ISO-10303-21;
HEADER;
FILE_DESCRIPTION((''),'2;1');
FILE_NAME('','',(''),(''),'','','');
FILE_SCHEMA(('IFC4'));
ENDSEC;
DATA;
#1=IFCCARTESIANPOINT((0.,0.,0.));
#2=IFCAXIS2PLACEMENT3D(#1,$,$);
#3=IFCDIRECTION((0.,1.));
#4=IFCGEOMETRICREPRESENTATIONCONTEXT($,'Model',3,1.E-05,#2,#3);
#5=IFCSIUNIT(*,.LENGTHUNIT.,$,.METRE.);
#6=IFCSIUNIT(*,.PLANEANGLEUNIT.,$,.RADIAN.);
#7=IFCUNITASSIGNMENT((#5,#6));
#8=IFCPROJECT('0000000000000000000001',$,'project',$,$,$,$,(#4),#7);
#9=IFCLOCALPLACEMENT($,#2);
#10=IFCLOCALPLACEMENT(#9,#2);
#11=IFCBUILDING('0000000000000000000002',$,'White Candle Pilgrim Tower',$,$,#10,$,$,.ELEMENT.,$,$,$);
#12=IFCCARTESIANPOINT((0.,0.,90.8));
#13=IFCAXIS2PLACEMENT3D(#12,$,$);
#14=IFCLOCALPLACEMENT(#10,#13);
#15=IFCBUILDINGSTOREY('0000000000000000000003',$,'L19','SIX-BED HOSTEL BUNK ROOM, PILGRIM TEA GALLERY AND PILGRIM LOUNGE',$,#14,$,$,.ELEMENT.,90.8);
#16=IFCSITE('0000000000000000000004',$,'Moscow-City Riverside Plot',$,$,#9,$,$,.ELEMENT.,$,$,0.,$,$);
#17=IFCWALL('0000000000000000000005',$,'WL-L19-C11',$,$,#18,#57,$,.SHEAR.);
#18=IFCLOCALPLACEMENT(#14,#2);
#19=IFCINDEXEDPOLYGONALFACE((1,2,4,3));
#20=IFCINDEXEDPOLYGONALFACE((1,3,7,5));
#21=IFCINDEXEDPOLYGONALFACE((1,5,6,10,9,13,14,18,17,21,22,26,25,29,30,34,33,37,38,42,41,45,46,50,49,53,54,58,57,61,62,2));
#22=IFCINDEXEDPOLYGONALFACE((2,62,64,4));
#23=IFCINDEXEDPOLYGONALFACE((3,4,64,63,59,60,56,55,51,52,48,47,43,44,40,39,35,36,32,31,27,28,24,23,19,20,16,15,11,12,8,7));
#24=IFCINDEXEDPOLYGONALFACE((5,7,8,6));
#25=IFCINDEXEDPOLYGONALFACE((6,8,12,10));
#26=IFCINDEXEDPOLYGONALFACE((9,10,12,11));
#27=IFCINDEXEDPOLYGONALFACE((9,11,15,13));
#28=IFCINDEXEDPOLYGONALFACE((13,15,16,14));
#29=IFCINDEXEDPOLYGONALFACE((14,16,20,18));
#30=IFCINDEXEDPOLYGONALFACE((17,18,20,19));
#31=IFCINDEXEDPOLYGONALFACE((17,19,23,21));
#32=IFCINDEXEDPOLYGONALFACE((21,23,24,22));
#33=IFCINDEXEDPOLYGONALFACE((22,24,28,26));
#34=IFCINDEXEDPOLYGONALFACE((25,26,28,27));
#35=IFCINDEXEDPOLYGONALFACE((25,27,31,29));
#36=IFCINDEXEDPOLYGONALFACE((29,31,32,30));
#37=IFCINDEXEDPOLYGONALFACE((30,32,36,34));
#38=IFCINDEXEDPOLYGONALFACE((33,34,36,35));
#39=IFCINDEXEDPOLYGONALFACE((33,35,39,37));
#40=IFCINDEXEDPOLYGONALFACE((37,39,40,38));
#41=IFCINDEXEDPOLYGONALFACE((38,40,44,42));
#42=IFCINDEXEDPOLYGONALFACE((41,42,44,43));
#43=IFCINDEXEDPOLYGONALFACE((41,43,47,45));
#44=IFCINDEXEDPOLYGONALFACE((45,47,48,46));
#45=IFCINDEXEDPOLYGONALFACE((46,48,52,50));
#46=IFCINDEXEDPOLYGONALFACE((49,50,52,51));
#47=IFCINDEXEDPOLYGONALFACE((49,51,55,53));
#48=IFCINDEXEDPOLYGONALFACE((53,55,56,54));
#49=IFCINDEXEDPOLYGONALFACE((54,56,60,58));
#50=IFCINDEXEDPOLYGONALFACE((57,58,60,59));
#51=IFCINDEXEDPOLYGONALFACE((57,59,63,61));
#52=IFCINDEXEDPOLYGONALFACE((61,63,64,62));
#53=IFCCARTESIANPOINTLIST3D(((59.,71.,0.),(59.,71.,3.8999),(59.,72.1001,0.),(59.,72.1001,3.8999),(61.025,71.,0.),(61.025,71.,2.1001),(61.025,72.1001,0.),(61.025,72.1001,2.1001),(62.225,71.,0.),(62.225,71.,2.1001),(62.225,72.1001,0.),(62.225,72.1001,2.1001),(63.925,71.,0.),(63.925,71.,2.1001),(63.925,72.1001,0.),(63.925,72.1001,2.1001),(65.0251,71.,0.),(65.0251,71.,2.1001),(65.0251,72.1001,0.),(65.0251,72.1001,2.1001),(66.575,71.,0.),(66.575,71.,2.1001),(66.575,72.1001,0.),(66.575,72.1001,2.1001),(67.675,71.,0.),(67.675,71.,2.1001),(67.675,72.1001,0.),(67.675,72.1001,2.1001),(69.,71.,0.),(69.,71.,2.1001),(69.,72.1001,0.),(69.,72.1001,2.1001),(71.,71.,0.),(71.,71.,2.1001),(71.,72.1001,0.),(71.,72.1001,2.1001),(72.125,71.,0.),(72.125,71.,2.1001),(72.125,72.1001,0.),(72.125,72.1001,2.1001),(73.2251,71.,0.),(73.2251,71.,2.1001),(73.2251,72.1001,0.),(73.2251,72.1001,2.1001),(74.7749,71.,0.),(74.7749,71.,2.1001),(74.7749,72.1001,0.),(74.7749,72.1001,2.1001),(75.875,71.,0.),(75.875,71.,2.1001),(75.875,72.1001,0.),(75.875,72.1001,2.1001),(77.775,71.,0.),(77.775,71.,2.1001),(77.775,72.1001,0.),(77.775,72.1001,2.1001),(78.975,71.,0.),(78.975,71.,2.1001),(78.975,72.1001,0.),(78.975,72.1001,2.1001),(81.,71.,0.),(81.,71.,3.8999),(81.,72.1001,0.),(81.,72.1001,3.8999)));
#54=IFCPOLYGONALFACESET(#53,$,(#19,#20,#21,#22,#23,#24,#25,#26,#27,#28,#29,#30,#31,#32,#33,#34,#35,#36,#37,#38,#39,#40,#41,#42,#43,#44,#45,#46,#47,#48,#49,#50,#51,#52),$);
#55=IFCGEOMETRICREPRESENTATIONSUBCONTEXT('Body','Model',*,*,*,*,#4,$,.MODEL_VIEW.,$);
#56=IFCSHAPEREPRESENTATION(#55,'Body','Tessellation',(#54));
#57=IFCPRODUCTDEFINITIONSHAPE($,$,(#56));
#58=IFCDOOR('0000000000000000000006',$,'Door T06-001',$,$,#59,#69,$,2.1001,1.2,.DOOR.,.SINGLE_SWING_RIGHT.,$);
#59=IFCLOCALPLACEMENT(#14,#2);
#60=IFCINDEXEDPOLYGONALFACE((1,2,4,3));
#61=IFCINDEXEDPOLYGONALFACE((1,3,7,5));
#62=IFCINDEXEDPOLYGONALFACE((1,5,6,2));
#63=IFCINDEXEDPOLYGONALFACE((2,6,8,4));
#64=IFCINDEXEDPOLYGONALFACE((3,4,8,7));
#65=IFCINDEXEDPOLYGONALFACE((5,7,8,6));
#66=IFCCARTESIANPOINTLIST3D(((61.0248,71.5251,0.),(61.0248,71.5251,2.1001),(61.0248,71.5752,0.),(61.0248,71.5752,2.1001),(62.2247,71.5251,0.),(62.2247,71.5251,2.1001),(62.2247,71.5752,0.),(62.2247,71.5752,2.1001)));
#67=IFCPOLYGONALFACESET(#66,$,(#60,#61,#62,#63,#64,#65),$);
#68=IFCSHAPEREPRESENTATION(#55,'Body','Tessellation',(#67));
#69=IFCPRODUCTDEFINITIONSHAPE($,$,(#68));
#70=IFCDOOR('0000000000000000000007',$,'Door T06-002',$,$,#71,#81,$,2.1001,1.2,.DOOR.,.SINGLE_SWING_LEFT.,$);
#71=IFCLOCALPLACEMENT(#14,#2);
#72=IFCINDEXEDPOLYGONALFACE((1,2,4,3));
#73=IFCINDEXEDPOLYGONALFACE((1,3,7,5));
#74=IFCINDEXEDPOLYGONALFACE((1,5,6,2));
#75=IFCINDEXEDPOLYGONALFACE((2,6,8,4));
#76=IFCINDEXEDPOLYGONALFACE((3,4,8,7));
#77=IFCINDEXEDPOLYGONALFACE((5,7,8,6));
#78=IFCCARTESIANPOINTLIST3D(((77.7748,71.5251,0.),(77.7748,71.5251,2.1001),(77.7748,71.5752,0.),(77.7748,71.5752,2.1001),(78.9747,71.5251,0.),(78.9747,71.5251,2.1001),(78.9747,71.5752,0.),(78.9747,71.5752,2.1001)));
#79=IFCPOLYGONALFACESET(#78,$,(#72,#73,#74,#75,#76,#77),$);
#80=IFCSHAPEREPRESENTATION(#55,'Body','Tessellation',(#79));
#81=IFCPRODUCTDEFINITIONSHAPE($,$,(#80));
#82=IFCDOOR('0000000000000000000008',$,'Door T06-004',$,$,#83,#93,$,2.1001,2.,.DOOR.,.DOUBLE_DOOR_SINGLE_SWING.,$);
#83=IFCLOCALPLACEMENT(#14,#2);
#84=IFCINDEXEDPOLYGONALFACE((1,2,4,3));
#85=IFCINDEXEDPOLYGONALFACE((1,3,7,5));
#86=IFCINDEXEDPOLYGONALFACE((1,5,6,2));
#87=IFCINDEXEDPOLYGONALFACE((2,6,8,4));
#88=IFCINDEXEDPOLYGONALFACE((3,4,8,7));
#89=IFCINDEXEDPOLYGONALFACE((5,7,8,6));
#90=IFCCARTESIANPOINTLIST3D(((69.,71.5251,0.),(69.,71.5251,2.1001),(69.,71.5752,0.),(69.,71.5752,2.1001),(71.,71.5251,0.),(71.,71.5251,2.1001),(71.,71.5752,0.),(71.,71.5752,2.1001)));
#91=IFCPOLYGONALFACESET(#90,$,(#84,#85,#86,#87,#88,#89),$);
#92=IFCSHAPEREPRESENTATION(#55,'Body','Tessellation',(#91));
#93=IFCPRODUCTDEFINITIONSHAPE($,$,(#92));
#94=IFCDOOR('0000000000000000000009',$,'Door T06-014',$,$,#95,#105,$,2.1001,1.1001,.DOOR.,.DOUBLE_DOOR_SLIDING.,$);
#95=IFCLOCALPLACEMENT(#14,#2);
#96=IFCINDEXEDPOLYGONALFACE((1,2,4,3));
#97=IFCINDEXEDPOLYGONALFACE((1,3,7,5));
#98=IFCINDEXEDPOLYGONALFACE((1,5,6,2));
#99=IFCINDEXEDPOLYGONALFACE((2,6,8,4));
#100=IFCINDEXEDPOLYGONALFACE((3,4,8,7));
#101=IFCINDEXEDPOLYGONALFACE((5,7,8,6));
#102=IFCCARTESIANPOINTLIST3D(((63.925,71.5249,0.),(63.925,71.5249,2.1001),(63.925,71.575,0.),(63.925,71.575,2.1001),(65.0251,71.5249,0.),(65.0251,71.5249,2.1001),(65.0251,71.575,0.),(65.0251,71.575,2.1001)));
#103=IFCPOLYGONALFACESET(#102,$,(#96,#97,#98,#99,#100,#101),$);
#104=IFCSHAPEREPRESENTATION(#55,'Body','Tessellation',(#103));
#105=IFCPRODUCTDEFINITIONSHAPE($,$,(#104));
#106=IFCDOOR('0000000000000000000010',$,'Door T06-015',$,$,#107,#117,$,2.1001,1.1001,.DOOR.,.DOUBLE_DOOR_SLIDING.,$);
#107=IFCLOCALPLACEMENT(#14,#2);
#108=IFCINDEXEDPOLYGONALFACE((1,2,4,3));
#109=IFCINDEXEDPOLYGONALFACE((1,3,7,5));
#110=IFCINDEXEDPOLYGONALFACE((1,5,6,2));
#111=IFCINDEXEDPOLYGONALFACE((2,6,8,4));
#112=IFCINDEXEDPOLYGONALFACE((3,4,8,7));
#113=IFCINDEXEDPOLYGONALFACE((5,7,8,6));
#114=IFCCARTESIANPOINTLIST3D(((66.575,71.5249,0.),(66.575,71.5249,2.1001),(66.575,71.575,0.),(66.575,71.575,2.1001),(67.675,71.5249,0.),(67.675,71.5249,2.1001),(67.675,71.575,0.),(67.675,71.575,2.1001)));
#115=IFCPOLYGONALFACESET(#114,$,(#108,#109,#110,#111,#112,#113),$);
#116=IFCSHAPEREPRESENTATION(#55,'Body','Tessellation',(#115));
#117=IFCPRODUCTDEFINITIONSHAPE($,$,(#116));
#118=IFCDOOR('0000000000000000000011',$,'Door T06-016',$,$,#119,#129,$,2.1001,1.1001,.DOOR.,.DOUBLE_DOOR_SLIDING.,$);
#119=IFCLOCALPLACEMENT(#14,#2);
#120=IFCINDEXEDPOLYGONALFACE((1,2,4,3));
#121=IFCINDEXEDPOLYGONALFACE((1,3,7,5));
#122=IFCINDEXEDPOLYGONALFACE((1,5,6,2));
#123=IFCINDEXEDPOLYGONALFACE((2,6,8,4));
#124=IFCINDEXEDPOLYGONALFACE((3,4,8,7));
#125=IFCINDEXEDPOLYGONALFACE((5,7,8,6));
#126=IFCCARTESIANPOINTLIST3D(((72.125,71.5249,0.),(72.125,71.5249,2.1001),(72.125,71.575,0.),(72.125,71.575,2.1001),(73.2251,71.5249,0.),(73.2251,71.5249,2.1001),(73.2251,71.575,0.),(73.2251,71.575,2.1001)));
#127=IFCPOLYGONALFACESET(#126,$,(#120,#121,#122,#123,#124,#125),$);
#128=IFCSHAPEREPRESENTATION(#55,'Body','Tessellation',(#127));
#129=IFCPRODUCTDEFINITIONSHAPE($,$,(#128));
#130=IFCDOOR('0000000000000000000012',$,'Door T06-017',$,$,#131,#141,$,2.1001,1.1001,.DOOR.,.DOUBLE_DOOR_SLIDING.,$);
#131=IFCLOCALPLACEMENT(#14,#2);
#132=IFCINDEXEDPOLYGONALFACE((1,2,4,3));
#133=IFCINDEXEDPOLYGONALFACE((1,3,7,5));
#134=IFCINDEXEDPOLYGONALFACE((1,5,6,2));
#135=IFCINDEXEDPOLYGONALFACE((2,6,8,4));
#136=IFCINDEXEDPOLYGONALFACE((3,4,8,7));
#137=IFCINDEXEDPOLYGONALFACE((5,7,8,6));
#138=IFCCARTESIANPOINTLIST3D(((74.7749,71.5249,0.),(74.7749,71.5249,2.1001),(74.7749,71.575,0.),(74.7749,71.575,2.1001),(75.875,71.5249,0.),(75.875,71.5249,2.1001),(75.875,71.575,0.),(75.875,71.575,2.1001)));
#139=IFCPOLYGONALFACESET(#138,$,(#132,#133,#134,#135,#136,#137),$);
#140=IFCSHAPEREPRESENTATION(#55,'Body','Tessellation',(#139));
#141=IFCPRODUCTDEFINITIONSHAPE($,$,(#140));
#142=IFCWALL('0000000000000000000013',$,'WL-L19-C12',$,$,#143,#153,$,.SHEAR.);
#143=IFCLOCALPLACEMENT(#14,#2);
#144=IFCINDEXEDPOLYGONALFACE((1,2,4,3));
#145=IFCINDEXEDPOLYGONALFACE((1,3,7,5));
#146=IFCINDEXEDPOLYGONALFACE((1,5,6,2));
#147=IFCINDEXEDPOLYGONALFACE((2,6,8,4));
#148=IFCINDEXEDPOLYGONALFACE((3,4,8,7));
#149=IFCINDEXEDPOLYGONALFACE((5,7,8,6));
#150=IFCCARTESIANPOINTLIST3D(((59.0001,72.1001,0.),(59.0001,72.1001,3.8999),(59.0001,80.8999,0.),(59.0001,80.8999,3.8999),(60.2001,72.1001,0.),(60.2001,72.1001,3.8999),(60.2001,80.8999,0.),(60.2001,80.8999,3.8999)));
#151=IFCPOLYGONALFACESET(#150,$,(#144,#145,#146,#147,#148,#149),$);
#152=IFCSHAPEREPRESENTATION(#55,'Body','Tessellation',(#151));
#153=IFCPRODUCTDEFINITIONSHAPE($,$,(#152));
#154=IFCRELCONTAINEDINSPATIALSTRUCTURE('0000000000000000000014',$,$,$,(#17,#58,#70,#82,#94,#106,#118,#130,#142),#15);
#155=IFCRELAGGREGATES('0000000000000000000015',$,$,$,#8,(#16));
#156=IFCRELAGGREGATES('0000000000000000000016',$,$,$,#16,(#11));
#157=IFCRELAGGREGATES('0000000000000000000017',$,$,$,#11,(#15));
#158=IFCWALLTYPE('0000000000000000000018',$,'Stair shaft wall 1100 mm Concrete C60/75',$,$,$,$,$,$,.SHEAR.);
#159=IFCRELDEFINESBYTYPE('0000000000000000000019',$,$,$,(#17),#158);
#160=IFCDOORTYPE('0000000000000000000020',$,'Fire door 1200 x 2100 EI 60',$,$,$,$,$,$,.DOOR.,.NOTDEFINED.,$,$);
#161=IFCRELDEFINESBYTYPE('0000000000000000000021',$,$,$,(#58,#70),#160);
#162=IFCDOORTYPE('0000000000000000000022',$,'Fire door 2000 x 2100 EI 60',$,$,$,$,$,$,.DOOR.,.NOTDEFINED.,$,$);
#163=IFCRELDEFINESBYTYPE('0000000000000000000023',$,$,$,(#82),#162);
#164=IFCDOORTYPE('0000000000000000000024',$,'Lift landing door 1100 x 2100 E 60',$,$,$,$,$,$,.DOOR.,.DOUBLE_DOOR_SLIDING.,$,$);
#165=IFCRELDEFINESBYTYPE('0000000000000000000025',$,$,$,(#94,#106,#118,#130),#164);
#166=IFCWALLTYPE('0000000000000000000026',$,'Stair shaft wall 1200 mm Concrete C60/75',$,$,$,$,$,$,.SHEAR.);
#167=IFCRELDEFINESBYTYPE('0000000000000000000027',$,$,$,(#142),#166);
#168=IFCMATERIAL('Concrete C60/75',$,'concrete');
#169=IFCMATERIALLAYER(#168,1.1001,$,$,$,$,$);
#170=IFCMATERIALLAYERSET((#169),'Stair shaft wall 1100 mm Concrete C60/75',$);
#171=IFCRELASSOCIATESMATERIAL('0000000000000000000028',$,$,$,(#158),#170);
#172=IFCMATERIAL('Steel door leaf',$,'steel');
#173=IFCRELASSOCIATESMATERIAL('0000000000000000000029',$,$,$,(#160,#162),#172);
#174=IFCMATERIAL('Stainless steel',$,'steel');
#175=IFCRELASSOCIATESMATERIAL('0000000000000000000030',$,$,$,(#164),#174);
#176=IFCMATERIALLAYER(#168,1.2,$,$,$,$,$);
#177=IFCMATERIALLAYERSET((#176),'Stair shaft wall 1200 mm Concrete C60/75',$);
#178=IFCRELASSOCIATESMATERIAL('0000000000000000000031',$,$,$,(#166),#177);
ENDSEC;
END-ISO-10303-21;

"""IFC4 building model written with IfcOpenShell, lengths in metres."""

from ifc_helpers import new_model, si_unit, direction, frame, frame_2d, origin, place, context, subcontext, project, spatial, rectangle, extrude, material, layer, layer_set, type_object, element, fill, save


model = new_model("IFC4")

# Units and contexts
model_context = context("Model", 3, precision=1e-05, world=origin(), true_north=direction((0.0, 1.0)))
body_context = subcontext(model_context, "Body", "Model", "MODEL_VIEW")
ifc_project = project(units=[si_unit("LENGTHUNIT", "METRE"), si_unit("PLANEANGLEUNIT", "RADIAN")], contexts=[model_context])

# Site, building, storey
site_placement = place(None, origin())
site = spatial("IfcSite", under=ifc_project, at=site_placement, Name="Moscow-City Riverside Plot", CompositionType="ELEMENT", RefElevation=0.0)
building_placement = place(site_placement, origin())
building = spatial("IfcBuilding", under=site, at=building_placement, Name="White Candle Pilgrim Tower", CompositionType="ELEMENT")
storey_placement = place(building_placement, frame((0.0, 0.0, 90.8)))
storey = spatial("IfcBuildingStorey", under=building, at=storey_placement, Name="L19", Description="SIX-BED HOSTEL BUNK ROOM, PILGRIM TEA GALLERY AND PILGRIM LOUNGE", CompositionType="ELEMENT", Elevation=90.8)

# Shared definitions
ifc_material_1 = material(Name="Steel door leaf", Category="steel")

# Shared definitions
ifc_material_2 = material(Name="Concrete C60/75", Category="concrete")

# Wall, openings, doors
ifc_layer_1 = layer(ifc_material_2, 1.1001)
ifc_layer_set_1 = layer_set([ifc_layer_1], Name="Stair shaft wall 1100 mm Concrete C60/75")
wall_type_1 = type_object("IfcWallType", Name="Stair shaft wall 1100 mm Concrete C60/75", PredefinedType="SHEAR", material=ifc_layer_set_1)
wall_1_placement = place(storey_placement, frame((59.0, 71.55, 0.0), z_axis=(0.0, 0.0, 1.0), x_axis=(1.0, 0.0, 0.0)))
wall_1 = element("IfcWall", 1, at=wall_1_placement, inside=storey, type_object=wall_type_1, Name="WL-L19-C11", PredefinedType="SHEAR", context=body_context, shape_type="SweptSolid", body=[
    extrude(rectangle(XDim=22.0, YDim=1.1001, at=frame_2d((11.0, 0.0))), origin(), (0.0, 0.0, 1.0), 3.8999),
])
opening_1_placement = place(wall_1_placement, frame((2.0249, 0.0, 0.0)))
opening_1 = element("IfcOpeningElement", 2, at=opening_1_placement, cuts=wall_1, PredefinedType="OPENING", context=body_context, shape_type="SweptSolid", body=[
    extrude(rectangle(XDim=1.2, YDim=2.1001, at=frame_2d((0.6001, 1.05))), frame((0.0, 0.5601, 0.0), z_axis=(0.0, -1.0, 0.0), x_axis=(1.0, 0.0, 0.0)), (0.0, 0.0, 1.0), 1.1201),
])
opening_2_placement = place(wall_1_placement, frame((18.7749, 0.0, 0.0)))
opening_2 = element("IfcOpeningElement", 3, at=opening_2_placement, cuts=wall_1, PredefinedType="OPENING", context=body_context, shape_type="SweptSolid", body=[
    extrude(rectangle(XDim=1.2, YDim=2.1001, at=frame_2d((0.6001, 1.05))), frame((0.0, 0.5601, 0.0), z_axis=(0.0, -1.0, 0.0), x_axis=(1.0, 0.0, 0.0)), (0.0, 0.0, 1.0), 1.1201),
])
opening_3_placement = place(wall_1_placement, frame((10.0, 0.0, 0.0)))
opening_3 = element("IfcOpeningElement", 4, at=opening_3_placement, cuts=wall_1, PredefinedType="OPENING", context=body_context, shape_type="SweptSolid", body=[
    extrude(rectangle(XDim=2.0, YDim=2.1001, at=frame_2d((1.0, 1.05))), frame((0.0, 0.5601, 0.0), z_axis=(0.0, -1.0, 0.0), x_axis=(1.0, 0.0, 0.0)), (0.0, 0.0, 1.0), 1.1201),
])
opening_4_placement = place(wall_1_placement, frame((4.925, 0.0, 0.0)))
opening_4 = element("IfcOpeningElement", 5, at=opening_4_placement, cuts=wall_1, PredefinedType="OPENING", context=body_context, shape_type="SweptSolid", body=[
    extrude(rectangle(XDim=1.1001, YDim=2.1001, at=frame_2d((0.55, 1.05))), frame((0.0, 0.5601, 0.0), z_axis=(0.0, -1.0, 0.0), x_axis=(1.0, 0.0, 0.0)), (0.0, 0.0, 1.0), 1.1201),
])
opening_5_placement = place(wall_1_placement, frame((7.575, 0.0, 0.0)))
opening_5 = element("IfcOpeningElement", 6, at=opening_5_placement, cuts=wall_1, PredefinedType="OPENING", context=body_context, shape_type="SweptSolid", body=[
    extrude(rectangle(XDim=1.1001, YDim=2.1001, at=frame_2d((0.55, 1.05))), frame((0.0, 0.5601, 0.0), z_axis=(0.0, -1.0, 0.0), x_axis=(1.0, 0.0, 0.0)), (0.0, 0.0, 1.0), 1.1201),
])
opening_6_placement = place(wall_1_placement, frame((13.125, 0.0, 0.0)))
opening_6 = element("IfcOpeningElement", 7, at=opening_6_placement, cuts=wall_1, PredefinedType="OPENING", context=body_context, shape_type="SweptSolid", body=[
    extrude(rectangle(XDim=1.1001, YDim=2.1001, at=frame_2d((0.55, 1.05))), frame((0.0, 0.5601, 0.0), z_axis=(0.0, -1.0, 0.0), x_axis=(1.0, 0.0, 0.0)), (0.0, 0.0, 1.0), 1.1201),
])
opening_7_placement = place(wall_1_placement, frame((15.7749, 0.0, 0.0)))
opening_7 = element("IfcOpeningElement", 8, at=opening_7_placement, cuts=wall_1, PredefinedType="OPENING", context=body_context, shape_type="SweptSolid", body=[
    extrude(rectangle(XDim=1.1001, YDim=2.1001, at=frame_2d((0.55, 1.05))), frame((0.0, 0.5601, 0.0), z_axis=(0.0, -1.0, 0.0), x_axis=(1.0, 0.0, 0.0)), (0.0, 0.0, 1.0), 1.1201),
])
door_type_1 = type_object("IfcDoorType", Name="Fire door 1200 x 2100 EI 60", OperationType="NOTDEFINED", PredefinedType="DOOR", material=ifc_material_1)
door_1_placement = place(opening_1_placement, frame((1.2, 0.0, 0.0), z_axis=(0.0, 0.0, 1.0), x_axis=(-1.0, 0.0, 0.0)))
door_1 = element("IfcDoor", 9, at=door_1_placement, inside=storey, type_object=door_type_1, Name="Door T06-001", OperationType="SINGLE_SWING_RIGHT", OverallHeight=2.1001, OverallWidth=1.2, PredefinedType="DOOR", context=body_context, shape_type="SweptSolid", body=[
    extrude(rectangle(XDim=1.2, YDim=2.1001, at=frame_2d((0.6001, 1.05))), frame((0.0, 0.0249, 0.0), z_axis=(0.0, -1.0, 0.0), x_axis=(1.0, 0.0, 0.0)), (0.0, 0.0, 1.0), 0.05),
])
fill(opening_1, door_1)
door_2_placement = place(opening_2_placement, frame((1.2, 0.0, 0.0), z_axis=(0.0, 0.0, 1.0), x_axis=(-1.0, 0.0, 0.0)))
door_2 = element("IfcDoor", 10, at=door_2_placement, inside=storey, type_object=door_type_1, Name="Door T06-002", OperationType="SINGLE_SWING_LEFT", OverallHeight=2.1001, OverallWidth=1.2, PredefinedType="DOOR", context=body_context, shape_type="SweptSolid", body=[
    extrude(rectangle(XDim=1.2, YDim=2.1001, at=frame_2d((0.6001, 1.05))), frame((0.0, 0.0249, 0.0), z_axis=(0.0, -1.0, 0.0), x_axis=(1.0, 0.0, 0.0)), (0.0, 0.0, 1.0), 0.05),
])
fill(opening_2, door_2)
door_type_2 = type_object("IfcDoorType", Name="Fire door 2000 x 2100 EI 60", OperationType="NOTDEFINED", PredefinedType="DOOR", material=ifc_material_1)
door_3_placement = place(opening_3_placement, frame((2.0, 0.0, 0.0), z_axis=(0.0, 0.0, 1.0), x_axis=(-1.0, 0.0, 0.0)))
door_3 = element("IfcDoor", 11, at=door_3_placement, inside=storey, type_object=door_type_2, Name="Door T06-004", OperationType="DOUBLE_DOOR_SINGLE_SWING", OverallHeight=2.1001, OverallWidth=2.0, PredefinedType="DOOR", context=body_context, shape_type="SweptSolid", body=[
    extrude(rectangle(XDim=2.0, YDim=2.1001, at=frame_2d((1.0, 1.05))), frame((0.0, 0.0249, 0.0), z_axis=(0.0, -1.0, 0.0), x_axis=(1.0, 0.0, 0.0)), (0.0, 0.0, 1.0), 0.05),
])
fill(opening_3, door_3)
ifc_material_3 = material(Name="Stainless steel", Category="steel")
door_type_3 = type_object("IfcDoorType", Name="Lift landing door 1100 x 2100 E 60", OperationType="DOUBLE_DOOR_SLIDING", PredefinedType="DOOR", material=ifc_material_3)
door_4_placement = place(opening_4_placement, origin())
door_4 = element("IfcDoor", 12, at=door_4_placement, inside=storey, type_object=door_type_3, Name="Door T06-014", OperationType="DOUBLE_DOOR_SLIDING", OverallHeight=2.1001, OverallWidth=1.1001, PredefinedType="DOOR", context=body_context, shape_type="SweptSolid", body=[
    extrude(rectangle(XDim=1.1001, YDim=2.1001, at=frame_2d((0.55, 1.05))), frame((0.0, 0.0249, 0.0), z_axis=(0.0, -1.0, 0.0), x_axis=(1.0, 0.0, 0.0)), (0.0, 0.0, 1.0), 0.05),
])
fill(opening_4, door_4)
door_5_placement = place(opening_5_placement, origin())
door_5 = element("IfcDoor", 13, at=door_5_placement, inside=storey, type_object=door_type_3, Name="Door T06-015", OperationType="DOUBLE_DOOR_SLIDING", OverallHeight=2.1001, OverallWidth=1.1001, PredefinedType="DOOR", context=body_context, shape_type="SweptSolid", body=[
    extrude(rectangle(XDim=1.1001, YDim=2.1001, at=frame_2d((0.55, 1.05))), frame((0.0, 0.0249, 0.0), z_axis=(0.0, -1.0, 0.0), x_axis=(1.0, 0.0, 0.0)), (0.0, 0.0, 1.0), 0.05),
])
fill(opening_5, door_5)
door_6_placement = place(opening_6_placement, origin())
door_6 = element("IfcDoor", 14, at=door_6_placement, inside=storey, type_object=door_type_3, Name="Door T06-016", OperationType="DOUBLE_DOOR_SLIDING", OverallHeight=2.1001, OverallWidth=1.1001, PredefinedType="DOOR", context=body_context, shape_type="SweptSolid", body=[
    extrude(rectangle(XDim=1.1001, YDim=2.1001, at=frame_2d((0.55, 1.05))), frame((0.0, 0.0249, 0.0), z_axis=(0.0, -1.0, 0.0), x_axis=(1.0, 0.0, 0.0)), (0.0, 0.0, 1.0), 0.05),
])
fill(opening_6, door_6)
door_7_placement = place(opening_7_placement, origin())
door_7 = element("IfcDoor", 15, at=door_7_placement, inside=storey, type_object=door_type_3, Name="Door T06-017", OperationType="DOUBLE_DOOR_SLIDING", OverallHeight=2.1001, OverallWidth=1.1001, PredefinedType="DOOR", context=body_context, shape_type="SweptSolid", body=[
    extrude(rectangle(XDim=1.1001, YDim=2.1001, at=frame_2d((0.55, 1.05))), frame((0.0, 0.0249, 0.0), z_axis=(0.0, -1.0, 0.0), x_axis=(1.0, 0.0, 0.0)), (0.0, 0.0, 1.0), 0.05),
])
fill(opening_7, door_7)

# Wall
ifc_layer_2 = layer(ifc_material_2, 1.2)
ifc_layer_set_2 = layer_set([ifc_layer_2], Name="Stair shaft wall 1200 mm Concrete C60/75")
wall_type_2 = type_object("IfcWallType", Name="Stair shaft wall 1200 mm Concrete C60/75", PredefinedType="SHEAR", material=ifc_layer_set_2)
wall_2_placement = place(storey_placement, frame((59.6001, 72.1001, 0.0), z_axis=(0.0, 0.0, 1.0), x_axis=(0.0, 1.0, 0.0)))
element("IfcWall", 16, at=wall_2_placement, inside=storey, type_object=wall_type_2, Name="WL-L19-C12", PredefinedType="SHEAR", context=body_context, shape_type="SweptSolid", body=[
    extrude(rectangle(XDim=8.7998, YDim=1.2, at=frame_2d((4.3999, 0.0))), origin(), (0.0, 0.0, 1.0), 3.8999),
])

save(model, "model.ifc")
